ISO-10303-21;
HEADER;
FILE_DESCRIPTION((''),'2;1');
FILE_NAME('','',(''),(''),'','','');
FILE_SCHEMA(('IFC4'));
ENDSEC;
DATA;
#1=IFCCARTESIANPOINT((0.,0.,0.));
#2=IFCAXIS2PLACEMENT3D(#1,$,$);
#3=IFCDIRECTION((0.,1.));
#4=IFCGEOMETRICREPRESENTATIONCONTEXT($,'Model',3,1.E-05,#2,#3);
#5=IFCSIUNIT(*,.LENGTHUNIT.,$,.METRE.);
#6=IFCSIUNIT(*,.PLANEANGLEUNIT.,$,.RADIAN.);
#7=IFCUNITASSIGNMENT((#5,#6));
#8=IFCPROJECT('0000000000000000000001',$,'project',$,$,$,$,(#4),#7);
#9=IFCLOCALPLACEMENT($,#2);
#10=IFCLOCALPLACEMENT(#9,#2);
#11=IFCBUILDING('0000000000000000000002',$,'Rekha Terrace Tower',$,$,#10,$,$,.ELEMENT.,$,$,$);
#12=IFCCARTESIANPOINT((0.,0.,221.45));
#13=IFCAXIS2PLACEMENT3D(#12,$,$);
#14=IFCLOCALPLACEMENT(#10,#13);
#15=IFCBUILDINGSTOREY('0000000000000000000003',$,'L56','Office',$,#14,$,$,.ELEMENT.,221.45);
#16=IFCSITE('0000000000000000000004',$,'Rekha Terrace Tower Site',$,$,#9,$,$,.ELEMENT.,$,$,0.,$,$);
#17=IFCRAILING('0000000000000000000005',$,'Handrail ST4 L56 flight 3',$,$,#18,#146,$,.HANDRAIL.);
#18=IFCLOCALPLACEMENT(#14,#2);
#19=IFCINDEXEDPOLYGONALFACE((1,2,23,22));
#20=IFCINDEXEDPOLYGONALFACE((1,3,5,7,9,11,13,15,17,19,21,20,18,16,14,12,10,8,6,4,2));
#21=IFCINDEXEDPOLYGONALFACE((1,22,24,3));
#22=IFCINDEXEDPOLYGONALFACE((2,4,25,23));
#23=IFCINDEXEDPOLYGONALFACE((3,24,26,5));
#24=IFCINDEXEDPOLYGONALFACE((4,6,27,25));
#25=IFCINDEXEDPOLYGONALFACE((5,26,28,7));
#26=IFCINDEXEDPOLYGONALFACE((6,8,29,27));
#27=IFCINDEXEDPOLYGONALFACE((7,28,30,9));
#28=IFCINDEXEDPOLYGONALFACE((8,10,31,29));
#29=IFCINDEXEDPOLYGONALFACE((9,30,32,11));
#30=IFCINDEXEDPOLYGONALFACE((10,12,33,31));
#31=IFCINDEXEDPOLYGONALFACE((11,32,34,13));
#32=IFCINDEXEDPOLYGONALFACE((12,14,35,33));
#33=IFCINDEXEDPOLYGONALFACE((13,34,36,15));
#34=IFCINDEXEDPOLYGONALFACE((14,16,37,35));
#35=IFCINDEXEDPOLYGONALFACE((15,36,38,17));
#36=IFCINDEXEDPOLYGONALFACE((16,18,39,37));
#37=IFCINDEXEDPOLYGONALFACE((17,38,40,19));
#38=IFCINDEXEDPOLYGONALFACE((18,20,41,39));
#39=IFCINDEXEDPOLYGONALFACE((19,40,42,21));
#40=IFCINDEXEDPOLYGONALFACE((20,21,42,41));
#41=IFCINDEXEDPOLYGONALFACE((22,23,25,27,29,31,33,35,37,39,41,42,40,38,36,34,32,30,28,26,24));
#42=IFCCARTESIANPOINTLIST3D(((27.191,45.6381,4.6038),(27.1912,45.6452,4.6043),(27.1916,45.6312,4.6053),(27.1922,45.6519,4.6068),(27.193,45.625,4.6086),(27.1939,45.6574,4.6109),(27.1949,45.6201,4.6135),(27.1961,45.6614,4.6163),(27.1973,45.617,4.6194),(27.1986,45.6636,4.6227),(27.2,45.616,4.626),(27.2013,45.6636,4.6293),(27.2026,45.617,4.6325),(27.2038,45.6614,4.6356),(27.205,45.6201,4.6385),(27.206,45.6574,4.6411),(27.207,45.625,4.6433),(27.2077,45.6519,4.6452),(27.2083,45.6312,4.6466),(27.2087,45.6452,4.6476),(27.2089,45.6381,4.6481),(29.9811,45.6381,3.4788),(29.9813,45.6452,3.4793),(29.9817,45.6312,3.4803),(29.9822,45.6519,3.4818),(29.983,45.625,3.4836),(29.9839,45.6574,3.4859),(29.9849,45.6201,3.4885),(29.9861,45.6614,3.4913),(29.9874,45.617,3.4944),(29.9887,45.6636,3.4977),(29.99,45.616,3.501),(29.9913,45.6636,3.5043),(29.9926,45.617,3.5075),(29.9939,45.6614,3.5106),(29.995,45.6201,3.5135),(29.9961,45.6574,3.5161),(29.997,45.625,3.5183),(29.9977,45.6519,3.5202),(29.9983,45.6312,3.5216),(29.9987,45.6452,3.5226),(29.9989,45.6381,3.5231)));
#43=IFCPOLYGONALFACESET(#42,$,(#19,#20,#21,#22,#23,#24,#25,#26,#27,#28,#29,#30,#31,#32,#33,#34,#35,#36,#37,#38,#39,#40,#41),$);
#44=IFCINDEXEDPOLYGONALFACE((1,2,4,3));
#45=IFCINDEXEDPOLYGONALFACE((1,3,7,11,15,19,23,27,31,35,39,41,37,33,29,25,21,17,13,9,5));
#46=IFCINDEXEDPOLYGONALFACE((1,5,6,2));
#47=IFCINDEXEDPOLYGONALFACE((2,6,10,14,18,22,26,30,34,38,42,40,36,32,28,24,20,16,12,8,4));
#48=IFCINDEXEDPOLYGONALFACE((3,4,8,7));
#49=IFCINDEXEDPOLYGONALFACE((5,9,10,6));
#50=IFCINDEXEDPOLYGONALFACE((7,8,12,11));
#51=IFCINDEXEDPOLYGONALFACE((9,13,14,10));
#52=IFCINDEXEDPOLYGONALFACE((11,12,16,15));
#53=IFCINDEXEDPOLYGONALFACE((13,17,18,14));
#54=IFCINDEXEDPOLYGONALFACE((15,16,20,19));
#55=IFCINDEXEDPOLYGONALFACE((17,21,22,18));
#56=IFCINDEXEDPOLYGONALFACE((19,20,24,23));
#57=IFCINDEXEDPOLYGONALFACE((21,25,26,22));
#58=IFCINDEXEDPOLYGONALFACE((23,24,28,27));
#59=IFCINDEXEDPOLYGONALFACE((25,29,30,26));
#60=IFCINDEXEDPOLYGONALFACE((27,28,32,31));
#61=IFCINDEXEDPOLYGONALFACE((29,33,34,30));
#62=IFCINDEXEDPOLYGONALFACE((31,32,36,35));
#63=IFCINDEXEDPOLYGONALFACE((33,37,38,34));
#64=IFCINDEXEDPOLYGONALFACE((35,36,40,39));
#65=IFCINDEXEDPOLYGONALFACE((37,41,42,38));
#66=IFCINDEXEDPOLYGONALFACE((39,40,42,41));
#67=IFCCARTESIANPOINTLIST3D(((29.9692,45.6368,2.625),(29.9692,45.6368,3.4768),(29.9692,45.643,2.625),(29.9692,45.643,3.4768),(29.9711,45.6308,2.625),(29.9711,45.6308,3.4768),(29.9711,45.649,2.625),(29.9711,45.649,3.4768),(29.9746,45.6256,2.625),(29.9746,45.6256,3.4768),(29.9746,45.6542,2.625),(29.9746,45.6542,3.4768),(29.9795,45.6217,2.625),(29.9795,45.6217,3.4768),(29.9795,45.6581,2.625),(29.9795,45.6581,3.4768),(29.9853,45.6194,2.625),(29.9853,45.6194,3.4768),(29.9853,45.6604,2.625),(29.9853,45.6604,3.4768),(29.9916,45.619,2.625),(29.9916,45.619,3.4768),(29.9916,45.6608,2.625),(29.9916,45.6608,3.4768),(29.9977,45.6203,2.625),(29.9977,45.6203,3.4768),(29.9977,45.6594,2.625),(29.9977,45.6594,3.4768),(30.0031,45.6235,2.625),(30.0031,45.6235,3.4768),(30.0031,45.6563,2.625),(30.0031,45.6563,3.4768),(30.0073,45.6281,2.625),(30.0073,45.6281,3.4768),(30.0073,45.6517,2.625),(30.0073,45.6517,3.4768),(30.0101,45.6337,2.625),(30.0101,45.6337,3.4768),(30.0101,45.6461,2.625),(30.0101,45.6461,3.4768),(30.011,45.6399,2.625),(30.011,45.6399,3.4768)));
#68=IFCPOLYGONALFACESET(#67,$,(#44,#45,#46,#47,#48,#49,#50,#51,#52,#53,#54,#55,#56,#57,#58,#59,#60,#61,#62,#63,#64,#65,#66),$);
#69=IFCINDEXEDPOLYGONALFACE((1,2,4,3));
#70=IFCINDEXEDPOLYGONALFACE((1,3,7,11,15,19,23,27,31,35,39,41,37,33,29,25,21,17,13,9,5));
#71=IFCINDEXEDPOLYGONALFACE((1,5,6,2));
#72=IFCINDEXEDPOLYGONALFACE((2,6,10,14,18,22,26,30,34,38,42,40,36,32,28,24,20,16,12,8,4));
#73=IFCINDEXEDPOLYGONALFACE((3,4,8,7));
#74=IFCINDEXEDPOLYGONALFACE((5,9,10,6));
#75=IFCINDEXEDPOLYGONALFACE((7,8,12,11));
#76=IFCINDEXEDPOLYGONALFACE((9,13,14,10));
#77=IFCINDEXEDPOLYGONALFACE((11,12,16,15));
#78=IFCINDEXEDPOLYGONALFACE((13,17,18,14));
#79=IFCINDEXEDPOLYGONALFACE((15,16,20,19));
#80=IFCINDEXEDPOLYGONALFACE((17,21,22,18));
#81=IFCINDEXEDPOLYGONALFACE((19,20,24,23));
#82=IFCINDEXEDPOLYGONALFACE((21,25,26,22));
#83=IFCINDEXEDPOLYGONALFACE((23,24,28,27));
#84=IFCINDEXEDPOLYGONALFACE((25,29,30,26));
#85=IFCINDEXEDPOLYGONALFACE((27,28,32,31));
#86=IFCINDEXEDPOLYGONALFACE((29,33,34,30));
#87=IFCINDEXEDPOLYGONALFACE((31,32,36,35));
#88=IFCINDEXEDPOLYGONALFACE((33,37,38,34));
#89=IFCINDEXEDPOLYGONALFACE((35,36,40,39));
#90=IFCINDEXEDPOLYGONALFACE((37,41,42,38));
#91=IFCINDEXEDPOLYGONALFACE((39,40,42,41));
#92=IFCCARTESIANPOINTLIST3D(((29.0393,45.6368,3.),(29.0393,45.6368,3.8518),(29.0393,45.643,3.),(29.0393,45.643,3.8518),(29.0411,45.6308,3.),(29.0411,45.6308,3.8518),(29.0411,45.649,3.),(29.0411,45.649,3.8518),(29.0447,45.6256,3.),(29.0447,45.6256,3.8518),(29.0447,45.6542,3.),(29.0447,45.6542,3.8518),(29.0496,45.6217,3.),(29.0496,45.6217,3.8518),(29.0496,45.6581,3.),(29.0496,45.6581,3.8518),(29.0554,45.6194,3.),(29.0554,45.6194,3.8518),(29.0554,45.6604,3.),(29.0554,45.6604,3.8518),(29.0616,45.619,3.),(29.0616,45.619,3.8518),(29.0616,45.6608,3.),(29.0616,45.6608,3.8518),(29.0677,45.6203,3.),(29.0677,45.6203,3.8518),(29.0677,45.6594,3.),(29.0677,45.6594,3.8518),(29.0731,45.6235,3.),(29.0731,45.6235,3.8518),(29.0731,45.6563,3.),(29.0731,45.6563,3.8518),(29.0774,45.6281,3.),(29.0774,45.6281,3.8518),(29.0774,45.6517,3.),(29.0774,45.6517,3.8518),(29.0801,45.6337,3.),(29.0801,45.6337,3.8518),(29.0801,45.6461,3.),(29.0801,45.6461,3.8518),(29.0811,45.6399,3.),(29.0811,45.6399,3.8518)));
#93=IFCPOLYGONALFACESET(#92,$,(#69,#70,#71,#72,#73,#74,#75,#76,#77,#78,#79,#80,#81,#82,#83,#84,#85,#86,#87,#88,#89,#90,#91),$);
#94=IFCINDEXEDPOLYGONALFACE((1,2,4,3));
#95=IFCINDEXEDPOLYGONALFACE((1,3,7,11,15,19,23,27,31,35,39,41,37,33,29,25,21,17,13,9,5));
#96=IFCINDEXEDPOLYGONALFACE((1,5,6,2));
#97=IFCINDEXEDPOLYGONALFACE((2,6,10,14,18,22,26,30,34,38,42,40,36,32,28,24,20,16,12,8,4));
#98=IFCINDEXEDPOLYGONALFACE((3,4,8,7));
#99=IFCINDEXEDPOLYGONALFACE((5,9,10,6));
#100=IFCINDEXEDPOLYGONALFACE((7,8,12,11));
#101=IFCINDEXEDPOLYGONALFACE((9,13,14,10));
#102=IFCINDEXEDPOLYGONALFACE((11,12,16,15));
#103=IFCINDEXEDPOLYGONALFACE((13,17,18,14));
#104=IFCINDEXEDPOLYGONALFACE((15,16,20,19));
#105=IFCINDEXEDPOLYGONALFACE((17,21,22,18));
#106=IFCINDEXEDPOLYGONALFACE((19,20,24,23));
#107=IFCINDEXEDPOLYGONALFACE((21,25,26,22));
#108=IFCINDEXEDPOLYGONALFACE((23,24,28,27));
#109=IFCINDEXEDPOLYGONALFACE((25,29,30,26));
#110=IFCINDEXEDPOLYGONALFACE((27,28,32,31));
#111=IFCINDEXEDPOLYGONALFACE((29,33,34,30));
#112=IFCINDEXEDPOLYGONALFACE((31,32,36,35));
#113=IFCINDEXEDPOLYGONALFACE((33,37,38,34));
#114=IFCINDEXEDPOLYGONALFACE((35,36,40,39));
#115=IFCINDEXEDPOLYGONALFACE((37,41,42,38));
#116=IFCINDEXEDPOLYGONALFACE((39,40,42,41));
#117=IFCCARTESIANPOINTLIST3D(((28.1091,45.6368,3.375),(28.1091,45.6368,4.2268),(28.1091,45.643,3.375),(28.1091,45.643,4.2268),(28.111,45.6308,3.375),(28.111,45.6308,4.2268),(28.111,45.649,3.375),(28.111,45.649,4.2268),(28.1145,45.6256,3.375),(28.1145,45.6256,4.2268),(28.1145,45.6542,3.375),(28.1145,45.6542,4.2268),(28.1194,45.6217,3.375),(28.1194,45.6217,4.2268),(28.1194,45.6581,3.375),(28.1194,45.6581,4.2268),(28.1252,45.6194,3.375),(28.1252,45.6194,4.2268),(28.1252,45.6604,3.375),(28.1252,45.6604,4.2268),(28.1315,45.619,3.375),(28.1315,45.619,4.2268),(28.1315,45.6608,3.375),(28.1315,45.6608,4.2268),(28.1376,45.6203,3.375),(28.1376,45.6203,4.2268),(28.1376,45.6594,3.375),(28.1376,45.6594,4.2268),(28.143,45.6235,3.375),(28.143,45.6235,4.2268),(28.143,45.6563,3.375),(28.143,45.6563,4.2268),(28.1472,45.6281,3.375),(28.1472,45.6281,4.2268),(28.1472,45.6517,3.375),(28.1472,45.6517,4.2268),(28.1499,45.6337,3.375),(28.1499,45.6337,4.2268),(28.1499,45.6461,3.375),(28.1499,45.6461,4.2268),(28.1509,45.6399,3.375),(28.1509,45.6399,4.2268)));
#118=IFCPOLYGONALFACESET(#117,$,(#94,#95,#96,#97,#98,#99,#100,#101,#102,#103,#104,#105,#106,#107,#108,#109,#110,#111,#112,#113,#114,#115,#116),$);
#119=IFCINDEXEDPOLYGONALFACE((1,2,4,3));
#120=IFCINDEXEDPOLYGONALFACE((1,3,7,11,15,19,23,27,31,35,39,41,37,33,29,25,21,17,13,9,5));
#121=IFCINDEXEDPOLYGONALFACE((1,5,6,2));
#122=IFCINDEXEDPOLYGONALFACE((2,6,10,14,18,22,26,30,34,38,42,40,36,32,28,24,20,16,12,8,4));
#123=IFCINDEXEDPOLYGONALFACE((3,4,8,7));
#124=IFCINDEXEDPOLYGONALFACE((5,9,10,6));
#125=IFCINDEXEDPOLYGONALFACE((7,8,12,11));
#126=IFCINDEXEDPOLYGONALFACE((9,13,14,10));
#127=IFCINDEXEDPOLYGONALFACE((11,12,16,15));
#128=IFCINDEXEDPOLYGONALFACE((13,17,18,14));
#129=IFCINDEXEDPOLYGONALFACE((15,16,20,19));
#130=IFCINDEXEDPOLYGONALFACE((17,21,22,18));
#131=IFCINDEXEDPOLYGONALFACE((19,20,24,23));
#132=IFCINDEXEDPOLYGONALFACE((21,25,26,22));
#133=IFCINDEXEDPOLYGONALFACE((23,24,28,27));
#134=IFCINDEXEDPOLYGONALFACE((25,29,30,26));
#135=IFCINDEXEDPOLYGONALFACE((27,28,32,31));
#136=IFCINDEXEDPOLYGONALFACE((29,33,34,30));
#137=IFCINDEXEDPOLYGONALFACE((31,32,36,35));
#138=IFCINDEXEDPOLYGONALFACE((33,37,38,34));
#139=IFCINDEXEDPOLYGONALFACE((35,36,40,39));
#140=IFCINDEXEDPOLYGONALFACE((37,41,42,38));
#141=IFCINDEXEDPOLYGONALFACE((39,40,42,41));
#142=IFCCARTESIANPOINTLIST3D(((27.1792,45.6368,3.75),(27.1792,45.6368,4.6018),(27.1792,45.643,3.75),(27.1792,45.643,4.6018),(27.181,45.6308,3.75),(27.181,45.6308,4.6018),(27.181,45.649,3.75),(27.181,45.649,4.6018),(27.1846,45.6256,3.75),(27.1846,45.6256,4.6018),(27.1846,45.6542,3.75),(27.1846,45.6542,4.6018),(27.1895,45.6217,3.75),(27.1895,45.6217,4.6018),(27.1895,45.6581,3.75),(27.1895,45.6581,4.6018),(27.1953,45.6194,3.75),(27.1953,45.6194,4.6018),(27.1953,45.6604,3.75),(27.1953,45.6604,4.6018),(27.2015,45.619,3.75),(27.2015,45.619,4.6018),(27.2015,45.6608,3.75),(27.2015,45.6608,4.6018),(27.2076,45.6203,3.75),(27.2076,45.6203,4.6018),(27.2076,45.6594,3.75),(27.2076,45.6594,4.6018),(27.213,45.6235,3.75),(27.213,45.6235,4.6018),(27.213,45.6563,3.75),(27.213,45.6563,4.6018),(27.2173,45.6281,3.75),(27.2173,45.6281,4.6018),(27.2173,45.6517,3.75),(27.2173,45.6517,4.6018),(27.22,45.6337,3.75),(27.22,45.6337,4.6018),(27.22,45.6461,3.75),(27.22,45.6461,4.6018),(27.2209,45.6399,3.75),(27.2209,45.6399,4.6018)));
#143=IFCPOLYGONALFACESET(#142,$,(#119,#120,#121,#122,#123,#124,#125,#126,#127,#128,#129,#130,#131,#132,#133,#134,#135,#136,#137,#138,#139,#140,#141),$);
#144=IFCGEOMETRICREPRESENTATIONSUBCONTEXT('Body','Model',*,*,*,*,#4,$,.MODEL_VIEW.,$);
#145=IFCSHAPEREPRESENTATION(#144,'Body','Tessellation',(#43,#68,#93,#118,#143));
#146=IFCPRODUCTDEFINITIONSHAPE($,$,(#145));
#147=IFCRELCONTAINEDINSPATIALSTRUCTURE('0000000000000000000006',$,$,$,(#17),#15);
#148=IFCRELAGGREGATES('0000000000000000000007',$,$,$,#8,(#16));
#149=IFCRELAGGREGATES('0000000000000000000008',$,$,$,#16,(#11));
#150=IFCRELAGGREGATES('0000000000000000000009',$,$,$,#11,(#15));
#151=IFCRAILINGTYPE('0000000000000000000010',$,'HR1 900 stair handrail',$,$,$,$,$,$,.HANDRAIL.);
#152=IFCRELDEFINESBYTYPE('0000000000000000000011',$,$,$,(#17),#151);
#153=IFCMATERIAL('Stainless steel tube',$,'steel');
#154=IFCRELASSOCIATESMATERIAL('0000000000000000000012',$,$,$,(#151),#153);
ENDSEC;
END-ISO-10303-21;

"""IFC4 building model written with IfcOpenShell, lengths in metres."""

from ifc_helpers import new_model, si_unit, direction, frame, origin, origin_2d, place, context, subcontext, project, spatial, circle, extrude, material, type_object, element, save


model = new_model("IFC4")

# Units and contexts
model_context = context("Model", 3, precision=1e-05, world=origin(), true_north=direction((0.0, 1.0)))
body_context = subcontext(model_context, "Body", "Model", "MODEL_VIEW")
ifc_project = project(units=[si_unit("LENGTHUNIT", "METRE"), si_unit("PLANEANGLEUNIT", "RADIAN")], contexts=[model_context])

# Site, building, storey
site_placement = place(None, origin())
site = spatial("IfcSite", under=ifc_project, at=site_placement, Name="Rekha Terrace Tower Site", CompositionType="ELEMENT", RefElevation=0.0)
building_placement = place(site_placement, origin())
building = spatial("IfcBuilding", under=site, at=building_placement, Name="Rekha Terrace Tower", CompositionType="ELEMENT")
storey_placement = place(building_placement, frame((0.0, 0.0, 221.45)))
storey = spatial("IfcBuildingStorey", under=building, at=storey_placement, Name="L56", Description="Office", CompositionType="ELEMENT", Elevation=221.45)

# Railing
ifc_material_1 = material(Name="Stainless steel tube", Category="steel")
railing_type_1 = type_object("IfcRailingType", Name="HR1 900 stair handrail", PredefinedType="HANDRAIL", material=ifc_material_1)
railing_1_placement = place(storey_placement, frame((29.99, 45.6399, 2.625)))
element("IfcRailing", 1, at=railing_1_placement, inside=storey, type_object=railing_type_1, Name="Handrail ST4 L56 flight 3", PredefinedType="HANDRAIL", context=body_context, shape_type="SweptSolid", body=[
    extrude(circle(Radius=0.0239, at=origin_2d()), frame((0.0, 0.0, 0.876), z_axis=(-0.927443, 0.0, 0.373964), x_axis=(0.0, -1.0, 0.0)), (0.0, 0.0, 1.0), 3.0083),
    extrude(circle(Radius=0.021, at=origin_2d()), origin(), (0.0, 0.0, 1.0), 0.8518),
    extrude(circle(Radius=0.021, at=origin_2d()), frame((-0.9299, 0.0, 0.375)), (0.0, 0.0, 1.0), 0.8518),
    extrude(circle(Radius=0.021, at=origin_2d()), frame((-1.8601, 0.0, 0.75)), (0.0, 0.0, 1.0), 0.8518),
    extrude(circle(Radius=0.021, at=origin_2d()), frame((-2.79, 0.0, 1.125)), (0.0, 0.0, 1.0), 0.8518),
])

save(model, "model.ifc")
